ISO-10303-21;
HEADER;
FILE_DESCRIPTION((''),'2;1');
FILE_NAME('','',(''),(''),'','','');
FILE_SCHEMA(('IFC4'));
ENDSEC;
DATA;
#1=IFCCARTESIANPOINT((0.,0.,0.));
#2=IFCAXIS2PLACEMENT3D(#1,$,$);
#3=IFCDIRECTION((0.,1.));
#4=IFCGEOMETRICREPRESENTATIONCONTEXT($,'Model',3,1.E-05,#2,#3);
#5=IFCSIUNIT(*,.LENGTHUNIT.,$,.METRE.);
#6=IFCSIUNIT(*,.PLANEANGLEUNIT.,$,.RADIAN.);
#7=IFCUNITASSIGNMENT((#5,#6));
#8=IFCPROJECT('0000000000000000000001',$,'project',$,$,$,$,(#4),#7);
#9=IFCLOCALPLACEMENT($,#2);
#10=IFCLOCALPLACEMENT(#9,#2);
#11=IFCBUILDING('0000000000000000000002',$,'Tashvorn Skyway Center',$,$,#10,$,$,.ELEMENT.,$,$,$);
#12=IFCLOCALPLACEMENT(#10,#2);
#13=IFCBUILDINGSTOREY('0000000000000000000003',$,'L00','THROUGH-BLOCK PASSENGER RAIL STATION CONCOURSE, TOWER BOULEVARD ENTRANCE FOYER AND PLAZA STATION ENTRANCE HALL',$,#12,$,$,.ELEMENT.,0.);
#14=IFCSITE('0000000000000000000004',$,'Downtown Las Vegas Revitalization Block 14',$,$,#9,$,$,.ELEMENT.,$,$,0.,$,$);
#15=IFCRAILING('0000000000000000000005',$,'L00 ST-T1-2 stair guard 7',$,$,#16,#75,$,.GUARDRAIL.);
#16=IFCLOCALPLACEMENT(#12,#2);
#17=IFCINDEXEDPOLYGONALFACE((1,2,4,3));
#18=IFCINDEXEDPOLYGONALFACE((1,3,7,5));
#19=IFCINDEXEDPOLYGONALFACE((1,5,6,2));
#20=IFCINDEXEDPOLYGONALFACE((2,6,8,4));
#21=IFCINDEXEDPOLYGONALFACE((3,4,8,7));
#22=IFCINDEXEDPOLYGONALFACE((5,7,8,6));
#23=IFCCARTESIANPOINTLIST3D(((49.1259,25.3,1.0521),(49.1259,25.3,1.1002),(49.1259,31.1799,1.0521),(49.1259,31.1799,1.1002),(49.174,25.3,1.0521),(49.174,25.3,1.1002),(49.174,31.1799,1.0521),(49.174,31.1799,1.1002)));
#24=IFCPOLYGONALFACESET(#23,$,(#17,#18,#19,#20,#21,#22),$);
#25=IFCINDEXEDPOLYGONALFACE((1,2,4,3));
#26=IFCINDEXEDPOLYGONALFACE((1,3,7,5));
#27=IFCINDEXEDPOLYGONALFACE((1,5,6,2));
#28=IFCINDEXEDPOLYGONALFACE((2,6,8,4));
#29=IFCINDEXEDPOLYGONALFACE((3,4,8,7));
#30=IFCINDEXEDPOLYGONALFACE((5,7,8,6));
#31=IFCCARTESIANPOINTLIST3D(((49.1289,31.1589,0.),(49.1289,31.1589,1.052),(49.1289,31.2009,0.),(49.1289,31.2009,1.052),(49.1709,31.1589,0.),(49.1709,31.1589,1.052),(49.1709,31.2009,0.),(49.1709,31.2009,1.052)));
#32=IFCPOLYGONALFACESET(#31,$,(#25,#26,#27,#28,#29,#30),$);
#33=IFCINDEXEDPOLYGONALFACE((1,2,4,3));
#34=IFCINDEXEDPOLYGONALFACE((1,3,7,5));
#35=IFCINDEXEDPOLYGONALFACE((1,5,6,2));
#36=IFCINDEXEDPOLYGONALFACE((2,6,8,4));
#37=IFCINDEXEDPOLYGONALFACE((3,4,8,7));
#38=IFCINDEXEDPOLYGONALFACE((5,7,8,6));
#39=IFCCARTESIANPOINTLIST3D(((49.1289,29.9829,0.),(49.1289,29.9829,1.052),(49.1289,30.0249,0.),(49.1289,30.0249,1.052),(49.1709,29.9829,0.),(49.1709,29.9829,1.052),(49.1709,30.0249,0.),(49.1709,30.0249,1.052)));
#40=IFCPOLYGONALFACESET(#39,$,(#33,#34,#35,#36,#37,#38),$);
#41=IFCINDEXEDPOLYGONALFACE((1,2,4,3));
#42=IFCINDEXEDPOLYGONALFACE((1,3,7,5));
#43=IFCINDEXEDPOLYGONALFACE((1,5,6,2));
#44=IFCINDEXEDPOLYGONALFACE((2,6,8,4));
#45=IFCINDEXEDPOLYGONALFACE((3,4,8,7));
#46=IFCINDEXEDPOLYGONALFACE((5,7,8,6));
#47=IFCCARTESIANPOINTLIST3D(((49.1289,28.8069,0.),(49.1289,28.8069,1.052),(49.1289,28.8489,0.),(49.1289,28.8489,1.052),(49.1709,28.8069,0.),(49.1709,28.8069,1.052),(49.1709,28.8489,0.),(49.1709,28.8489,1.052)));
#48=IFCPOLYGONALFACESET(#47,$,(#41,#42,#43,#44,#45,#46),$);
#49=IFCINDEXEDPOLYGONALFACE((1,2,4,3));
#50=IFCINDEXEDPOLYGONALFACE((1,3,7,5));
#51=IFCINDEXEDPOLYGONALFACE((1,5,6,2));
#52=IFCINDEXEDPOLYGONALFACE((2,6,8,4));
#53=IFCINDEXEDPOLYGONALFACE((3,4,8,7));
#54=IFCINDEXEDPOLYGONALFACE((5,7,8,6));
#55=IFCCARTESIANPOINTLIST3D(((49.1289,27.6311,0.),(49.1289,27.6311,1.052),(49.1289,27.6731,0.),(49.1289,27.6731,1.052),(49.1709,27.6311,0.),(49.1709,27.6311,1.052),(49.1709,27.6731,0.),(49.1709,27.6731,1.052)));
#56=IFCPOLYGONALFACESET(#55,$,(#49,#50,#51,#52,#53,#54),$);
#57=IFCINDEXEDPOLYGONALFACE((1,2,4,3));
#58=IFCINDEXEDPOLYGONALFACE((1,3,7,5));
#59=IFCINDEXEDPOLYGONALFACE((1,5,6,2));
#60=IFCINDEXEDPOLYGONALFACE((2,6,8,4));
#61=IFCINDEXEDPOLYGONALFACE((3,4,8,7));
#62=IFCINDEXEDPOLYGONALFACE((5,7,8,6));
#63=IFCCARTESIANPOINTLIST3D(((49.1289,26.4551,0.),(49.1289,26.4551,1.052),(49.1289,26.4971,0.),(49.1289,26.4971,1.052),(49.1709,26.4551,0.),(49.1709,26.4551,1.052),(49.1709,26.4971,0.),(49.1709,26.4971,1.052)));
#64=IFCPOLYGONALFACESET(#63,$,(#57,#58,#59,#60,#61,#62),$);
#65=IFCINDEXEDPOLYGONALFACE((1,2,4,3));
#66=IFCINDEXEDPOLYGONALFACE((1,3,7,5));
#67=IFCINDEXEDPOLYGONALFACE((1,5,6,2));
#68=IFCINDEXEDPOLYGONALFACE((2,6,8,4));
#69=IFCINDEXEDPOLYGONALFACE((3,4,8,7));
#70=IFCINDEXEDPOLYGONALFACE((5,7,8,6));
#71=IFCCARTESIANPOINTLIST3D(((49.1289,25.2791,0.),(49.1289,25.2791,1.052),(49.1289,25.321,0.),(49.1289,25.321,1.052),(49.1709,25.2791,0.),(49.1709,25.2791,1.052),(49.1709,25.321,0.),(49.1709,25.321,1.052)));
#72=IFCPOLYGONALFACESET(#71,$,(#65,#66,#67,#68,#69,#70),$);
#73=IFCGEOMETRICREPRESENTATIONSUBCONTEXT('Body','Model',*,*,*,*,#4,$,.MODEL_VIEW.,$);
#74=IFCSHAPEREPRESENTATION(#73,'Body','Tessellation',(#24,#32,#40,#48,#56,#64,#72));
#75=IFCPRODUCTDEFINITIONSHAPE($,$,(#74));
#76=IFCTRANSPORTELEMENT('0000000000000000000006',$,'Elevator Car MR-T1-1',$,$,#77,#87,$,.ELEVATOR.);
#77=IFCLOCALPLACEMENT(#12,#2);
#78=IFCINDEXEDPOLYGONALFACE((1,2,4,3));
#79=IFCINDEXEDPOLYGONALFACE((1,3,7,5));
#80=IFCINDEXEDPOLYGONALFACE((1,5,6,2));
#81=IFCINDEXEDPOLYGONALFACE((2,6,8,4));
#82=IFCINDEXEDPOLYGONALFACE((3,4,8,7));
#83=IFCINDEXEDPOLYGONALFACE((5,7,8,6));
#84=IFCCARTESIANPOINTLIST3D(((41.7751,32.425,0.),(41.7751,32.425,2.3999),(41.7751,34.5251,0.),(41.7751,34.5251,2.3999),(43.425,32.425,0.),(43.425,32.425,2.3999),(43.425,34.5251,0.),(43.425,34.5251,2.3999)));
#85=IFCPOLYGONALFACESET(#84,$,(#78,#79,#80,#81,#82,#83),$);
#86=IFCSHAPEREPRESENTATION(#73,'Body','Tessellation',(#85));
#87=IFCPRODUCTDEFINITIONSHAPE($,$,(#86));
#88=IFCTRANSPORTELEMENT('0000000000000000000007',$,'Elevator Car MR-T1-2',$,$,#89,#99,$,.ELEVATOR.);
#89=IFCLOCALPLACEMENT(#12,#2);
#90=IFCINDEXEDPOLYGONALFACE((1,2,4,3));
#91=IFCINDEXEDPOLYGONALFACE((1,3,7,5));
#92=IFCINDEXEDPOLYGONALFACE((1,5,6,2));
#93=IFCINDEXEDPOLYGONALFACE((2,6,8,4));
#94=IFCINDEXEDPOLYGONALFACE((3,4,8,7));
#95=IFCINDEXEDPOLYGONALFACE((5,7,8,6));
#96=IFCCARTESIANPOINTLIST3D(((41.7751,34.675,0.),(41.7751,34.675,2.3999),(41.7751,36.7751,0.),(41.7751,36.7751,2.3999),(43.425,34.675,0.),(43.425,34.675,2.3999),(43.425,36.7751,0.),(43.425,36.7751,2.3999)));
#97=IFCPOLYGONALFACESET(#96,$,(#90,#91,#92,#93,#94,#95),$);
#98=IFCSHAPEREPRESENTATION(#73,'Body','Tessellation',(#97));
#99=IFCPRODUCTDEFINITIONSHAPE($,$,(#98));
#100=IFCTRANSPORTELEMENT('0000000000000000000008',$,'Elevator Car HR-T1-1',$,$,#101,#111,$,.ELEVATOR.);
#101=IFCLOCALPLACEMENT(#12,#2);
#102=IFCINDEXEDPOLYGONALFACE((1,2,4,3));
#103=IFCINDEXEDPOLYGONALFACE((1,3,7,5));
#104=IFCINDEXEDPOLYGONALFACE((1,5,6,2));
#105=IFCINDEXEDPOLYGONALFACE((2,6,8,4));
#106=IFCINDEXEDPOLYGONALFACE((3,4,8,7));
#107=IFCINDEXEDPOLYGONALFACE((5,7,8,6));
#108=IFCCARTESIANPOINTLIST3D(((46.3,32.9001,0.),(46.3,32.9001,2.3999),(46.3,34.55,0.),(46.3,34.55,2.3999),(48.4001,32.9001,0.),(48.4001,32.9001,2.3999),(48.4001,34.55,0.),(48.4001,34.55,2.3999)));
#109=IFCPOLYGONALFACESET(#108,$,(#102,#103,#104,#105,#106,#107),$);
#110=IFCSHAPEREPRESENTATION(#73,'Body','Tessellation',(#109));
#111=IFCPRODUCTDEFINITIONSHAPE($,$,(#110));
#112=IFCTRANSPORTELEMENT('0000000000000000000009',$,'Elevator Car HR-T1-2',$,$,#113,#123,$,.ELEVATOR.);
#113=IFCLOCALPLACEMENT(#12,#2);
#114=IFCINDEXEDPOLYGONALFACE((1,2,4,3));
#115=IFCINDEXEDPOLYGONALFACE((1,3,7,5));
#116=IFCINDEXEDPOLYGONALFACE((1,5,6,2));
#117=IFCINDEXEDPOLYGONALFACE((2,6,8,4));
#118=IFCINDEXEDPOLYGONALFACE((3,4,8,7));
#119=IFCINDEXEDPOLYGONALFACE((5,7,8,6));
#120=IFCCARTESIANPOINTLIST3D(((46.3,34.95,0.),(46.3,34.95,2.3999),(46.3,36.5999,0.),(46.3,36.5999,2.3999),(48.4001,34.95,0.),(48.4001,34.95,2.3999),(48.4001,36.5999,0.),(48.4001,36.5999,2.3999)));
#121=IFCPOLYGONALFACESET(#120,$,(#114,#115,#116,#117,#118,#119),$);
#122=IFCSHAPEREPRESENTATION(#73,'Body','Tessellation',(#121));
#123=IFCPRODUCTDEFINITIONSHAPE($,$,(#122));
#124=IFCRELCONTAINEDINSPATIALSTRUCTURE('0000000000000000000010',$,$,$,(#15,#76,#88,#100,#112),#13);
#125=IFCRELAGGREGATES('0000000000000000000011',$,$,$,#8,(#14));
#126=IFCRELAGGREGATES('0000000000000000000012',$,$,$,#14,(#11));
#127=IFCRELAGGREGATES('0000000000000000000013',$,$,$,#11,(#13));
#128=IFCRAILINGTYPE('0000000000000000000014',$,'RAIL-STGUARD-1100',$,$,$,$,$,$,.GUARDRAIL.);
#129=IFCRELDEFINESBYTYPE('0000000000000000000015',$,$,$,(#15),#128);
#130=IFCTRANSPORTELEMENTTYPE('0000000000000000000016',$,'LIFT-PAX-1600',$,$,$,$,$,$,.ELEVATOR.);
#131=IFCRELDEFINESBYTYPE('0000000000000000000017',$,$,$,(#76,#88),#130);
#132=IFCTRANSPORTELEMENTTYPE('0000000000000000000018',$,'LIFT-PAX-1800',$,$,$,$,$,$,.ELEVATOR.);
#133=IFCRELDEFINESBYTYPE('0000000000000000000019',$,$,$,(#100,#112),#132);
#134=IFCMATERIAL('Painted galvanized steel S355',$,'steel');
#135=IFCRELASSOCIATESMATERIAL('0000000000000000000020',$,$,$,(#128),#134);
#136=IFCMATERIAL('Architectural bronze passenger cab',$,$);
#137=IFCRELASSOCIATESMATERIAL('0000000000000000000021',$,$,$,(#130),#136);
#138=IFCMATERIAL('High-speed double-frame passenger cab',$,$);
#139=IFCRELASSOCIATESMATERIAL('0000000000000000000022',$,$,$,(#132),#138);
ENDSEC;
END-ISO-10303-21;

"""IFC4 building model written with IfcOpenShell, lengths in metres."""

from ifc_helpers import new_model, si_unit, direction, frame, origin, origin_2d, place, context, subcontext, project, spatial, rectangle, extrude, material, type_object, element, save


model = new_model("IFC4")

# Units and contexts
model_context = context("Model", 3, precision=1e-05, world=origin(), true_north=direction((0.0, 1.0)))
body_context = subcontext(model_context, "Body", "Model", "MODEL_VIEW")
ifc_project = project(units=[si_unit("LENGTHUNIT", "METRE"), si_unit("PLANEANGLEUNIT", "RADIAN")], contexts=[model_context])

# Site, building, storey
site_placement = place(None, origin())
site = spatial("IfcSite", under=ifc_project, at=site_placement, Name="Downtown Las Vegas Revitalization Block 14", CompositionType="ELEMENT", RefElevation=0.0)
building_placement = place(site_placement, origin())
building = spatial("IfcBuilding", under=site, at=building_placement, Name="Tashvorn Skyway Center", CompositionType="ELEMENT")
storey_placement = place(building_placement, origin())
storey = spatial("IfcBuildingStorey", under=building, at=storey_placement, Name="L00", Description="THROUGH-BLOCK PASSENGER RAIL STATION CONCOURSE, TOWER BOULEVARD ENTRANCE FOYER AND PLAZA STATION ENTRANCE HALL", CompositionType="ELEMENT", Elevation=0.0)

# Railing
ifc_material_1 = material(Name="Painted galvanized steel S355", Category="steel")
railing_type_1 = type_object("IfcRailingType", Name="RAIL-STGUARD-1100", PredefinedType="GUARDRAIL", material=ifc_material_1)
railing_1_placement = place(storey_placement, frame((49.1499, 31.1799, 0.0)))
element("IfcRailing", 1, at=railing_1_placement, inside=storey, type_object=railing_type_1, Name="L00 ST-T1-2 stair guard 7", PredefinedType="GUARDRAIL", context=body_context, shape_type="SweptSolid", body=[
    extrude(rectangle(XDim=0.0481, YDim=0.0481, at=origin_2d()), frame((0.0, 0.0, 1.0762), z_axis=(0.0, -1.0, 0.0), x_axis=(1.0, 0.0, 0.0)), (0.0, 0.0, 1.0), 5.8799),
    extrude(rectangle(XDim=0.042, YDim=0.042, at=origin_2d()), origin(), (0.0, 0.0, 1.0), 1.052),
    extrude(rectangle(XDim=0.042, YDim=0.042, at=origin_2d()), frame((0.0, -1.176, 0.0)), (0.0, 0.0, 1.0), 1.052),
    extrude(rectangle(XDim=0.042, YDim=0.042, at=origin_2d()), frame((0.0, -2.3521, 0.0)), (0.0, 0.0, 1.0), 1.052),
    extrude(rectangle(XDim=0.042, YDim=0.042, at=origin_2d()), frame((0.0, -3.5278, 0.0)), (0.0, 0.0, 1.0), 1.052),
    extrude(rectangle(XDim=0.042, YDim=0.042, at=origin_2d()), frame((0.0, -4.7039, 0.0)), (0.0, 0.0, 1.0), 1.052),
    extrude(rectangle(XDim=0.042, YDim=0.042, at=origin_2d()), frame((0.0, -5.8799, 0.0)), (0.0, 0.0, 1.0), 1.052),
])

# Transport elements
ifc_material_2 = material(Name="Architectural bronze passenger cab")
transport_element_type_1 = type_object("IfcTransportElementType", Name="LIFT-PAX-1600", PredefinedType="ELEVATOR", material=ifc_material_2)
for number, where, z_axis, x_axis, name in (
    (2, (42.6001, 33.4751, 0.0), (0.0, 0.0, 1.0), (1.0, 0.0, 0.0), "Elevator Car MR-T1-1"),
    (3, (42.6001, 35.7251, 0.0), (0.0, 0.0, 1.0), (1.0, 0.0, 0.0), "Elevator Car MR-T1-2"),
):
    element("IfcTransportElement", number, at=place(storey_placement, frame(where, z_axis=z_axis, x_axis=x_axis)), inside=storey, type_object=transport_element_type_1, Name=name, PredefinedType="ELEVATOR", context=body_context, shape_type="SweptSolid", body=[
        extrude(rectangle(XDim=1.6499, YDim=2.1001, at=origin_2d()), origin(), (0.0, 0.0, 1.0), 2.3999),
    ])
ifc_material_3 = material(Name="High-speed double-frame passenger cab")
transport_element_type_2 = type_object("IfcTransportElementType", Name="LIFT-PAX-1800", PredefinedType="ELEVATOR", material=ifc_material_3)
for number, where, z_axis, x_axis, name in (
    (4, (47.3501, 33.7251, 0.0), (0.0, 0.0, 1.0), (1.0, 0.0, 0.0), "Elevator Car HR-T1-1"),
    (5, (47.3501, 35.7749, 0.0), (0.0, 0.0, 1.0), (1.0, 0.0, 0.0), "Elevator Car HR-T1-2"),
):
    element("IfcTransportElement", number, at=place(storey_placement, frame(where, z_axis=z_axis, x_axis=x_axis)), inside=storey, type_object=transport_element_type_2, Name=name, PredefinedType="ELEVATOR", context=body_context, shape_type="SweptSolid", body=[
        extrude(rectangle(XDim=2.1001, YDim=1.6499, at=origin_2d()), origin(), (0.0, 0.0, 1.0), 2.3999),
    ])

save(model, "model.ifc")
